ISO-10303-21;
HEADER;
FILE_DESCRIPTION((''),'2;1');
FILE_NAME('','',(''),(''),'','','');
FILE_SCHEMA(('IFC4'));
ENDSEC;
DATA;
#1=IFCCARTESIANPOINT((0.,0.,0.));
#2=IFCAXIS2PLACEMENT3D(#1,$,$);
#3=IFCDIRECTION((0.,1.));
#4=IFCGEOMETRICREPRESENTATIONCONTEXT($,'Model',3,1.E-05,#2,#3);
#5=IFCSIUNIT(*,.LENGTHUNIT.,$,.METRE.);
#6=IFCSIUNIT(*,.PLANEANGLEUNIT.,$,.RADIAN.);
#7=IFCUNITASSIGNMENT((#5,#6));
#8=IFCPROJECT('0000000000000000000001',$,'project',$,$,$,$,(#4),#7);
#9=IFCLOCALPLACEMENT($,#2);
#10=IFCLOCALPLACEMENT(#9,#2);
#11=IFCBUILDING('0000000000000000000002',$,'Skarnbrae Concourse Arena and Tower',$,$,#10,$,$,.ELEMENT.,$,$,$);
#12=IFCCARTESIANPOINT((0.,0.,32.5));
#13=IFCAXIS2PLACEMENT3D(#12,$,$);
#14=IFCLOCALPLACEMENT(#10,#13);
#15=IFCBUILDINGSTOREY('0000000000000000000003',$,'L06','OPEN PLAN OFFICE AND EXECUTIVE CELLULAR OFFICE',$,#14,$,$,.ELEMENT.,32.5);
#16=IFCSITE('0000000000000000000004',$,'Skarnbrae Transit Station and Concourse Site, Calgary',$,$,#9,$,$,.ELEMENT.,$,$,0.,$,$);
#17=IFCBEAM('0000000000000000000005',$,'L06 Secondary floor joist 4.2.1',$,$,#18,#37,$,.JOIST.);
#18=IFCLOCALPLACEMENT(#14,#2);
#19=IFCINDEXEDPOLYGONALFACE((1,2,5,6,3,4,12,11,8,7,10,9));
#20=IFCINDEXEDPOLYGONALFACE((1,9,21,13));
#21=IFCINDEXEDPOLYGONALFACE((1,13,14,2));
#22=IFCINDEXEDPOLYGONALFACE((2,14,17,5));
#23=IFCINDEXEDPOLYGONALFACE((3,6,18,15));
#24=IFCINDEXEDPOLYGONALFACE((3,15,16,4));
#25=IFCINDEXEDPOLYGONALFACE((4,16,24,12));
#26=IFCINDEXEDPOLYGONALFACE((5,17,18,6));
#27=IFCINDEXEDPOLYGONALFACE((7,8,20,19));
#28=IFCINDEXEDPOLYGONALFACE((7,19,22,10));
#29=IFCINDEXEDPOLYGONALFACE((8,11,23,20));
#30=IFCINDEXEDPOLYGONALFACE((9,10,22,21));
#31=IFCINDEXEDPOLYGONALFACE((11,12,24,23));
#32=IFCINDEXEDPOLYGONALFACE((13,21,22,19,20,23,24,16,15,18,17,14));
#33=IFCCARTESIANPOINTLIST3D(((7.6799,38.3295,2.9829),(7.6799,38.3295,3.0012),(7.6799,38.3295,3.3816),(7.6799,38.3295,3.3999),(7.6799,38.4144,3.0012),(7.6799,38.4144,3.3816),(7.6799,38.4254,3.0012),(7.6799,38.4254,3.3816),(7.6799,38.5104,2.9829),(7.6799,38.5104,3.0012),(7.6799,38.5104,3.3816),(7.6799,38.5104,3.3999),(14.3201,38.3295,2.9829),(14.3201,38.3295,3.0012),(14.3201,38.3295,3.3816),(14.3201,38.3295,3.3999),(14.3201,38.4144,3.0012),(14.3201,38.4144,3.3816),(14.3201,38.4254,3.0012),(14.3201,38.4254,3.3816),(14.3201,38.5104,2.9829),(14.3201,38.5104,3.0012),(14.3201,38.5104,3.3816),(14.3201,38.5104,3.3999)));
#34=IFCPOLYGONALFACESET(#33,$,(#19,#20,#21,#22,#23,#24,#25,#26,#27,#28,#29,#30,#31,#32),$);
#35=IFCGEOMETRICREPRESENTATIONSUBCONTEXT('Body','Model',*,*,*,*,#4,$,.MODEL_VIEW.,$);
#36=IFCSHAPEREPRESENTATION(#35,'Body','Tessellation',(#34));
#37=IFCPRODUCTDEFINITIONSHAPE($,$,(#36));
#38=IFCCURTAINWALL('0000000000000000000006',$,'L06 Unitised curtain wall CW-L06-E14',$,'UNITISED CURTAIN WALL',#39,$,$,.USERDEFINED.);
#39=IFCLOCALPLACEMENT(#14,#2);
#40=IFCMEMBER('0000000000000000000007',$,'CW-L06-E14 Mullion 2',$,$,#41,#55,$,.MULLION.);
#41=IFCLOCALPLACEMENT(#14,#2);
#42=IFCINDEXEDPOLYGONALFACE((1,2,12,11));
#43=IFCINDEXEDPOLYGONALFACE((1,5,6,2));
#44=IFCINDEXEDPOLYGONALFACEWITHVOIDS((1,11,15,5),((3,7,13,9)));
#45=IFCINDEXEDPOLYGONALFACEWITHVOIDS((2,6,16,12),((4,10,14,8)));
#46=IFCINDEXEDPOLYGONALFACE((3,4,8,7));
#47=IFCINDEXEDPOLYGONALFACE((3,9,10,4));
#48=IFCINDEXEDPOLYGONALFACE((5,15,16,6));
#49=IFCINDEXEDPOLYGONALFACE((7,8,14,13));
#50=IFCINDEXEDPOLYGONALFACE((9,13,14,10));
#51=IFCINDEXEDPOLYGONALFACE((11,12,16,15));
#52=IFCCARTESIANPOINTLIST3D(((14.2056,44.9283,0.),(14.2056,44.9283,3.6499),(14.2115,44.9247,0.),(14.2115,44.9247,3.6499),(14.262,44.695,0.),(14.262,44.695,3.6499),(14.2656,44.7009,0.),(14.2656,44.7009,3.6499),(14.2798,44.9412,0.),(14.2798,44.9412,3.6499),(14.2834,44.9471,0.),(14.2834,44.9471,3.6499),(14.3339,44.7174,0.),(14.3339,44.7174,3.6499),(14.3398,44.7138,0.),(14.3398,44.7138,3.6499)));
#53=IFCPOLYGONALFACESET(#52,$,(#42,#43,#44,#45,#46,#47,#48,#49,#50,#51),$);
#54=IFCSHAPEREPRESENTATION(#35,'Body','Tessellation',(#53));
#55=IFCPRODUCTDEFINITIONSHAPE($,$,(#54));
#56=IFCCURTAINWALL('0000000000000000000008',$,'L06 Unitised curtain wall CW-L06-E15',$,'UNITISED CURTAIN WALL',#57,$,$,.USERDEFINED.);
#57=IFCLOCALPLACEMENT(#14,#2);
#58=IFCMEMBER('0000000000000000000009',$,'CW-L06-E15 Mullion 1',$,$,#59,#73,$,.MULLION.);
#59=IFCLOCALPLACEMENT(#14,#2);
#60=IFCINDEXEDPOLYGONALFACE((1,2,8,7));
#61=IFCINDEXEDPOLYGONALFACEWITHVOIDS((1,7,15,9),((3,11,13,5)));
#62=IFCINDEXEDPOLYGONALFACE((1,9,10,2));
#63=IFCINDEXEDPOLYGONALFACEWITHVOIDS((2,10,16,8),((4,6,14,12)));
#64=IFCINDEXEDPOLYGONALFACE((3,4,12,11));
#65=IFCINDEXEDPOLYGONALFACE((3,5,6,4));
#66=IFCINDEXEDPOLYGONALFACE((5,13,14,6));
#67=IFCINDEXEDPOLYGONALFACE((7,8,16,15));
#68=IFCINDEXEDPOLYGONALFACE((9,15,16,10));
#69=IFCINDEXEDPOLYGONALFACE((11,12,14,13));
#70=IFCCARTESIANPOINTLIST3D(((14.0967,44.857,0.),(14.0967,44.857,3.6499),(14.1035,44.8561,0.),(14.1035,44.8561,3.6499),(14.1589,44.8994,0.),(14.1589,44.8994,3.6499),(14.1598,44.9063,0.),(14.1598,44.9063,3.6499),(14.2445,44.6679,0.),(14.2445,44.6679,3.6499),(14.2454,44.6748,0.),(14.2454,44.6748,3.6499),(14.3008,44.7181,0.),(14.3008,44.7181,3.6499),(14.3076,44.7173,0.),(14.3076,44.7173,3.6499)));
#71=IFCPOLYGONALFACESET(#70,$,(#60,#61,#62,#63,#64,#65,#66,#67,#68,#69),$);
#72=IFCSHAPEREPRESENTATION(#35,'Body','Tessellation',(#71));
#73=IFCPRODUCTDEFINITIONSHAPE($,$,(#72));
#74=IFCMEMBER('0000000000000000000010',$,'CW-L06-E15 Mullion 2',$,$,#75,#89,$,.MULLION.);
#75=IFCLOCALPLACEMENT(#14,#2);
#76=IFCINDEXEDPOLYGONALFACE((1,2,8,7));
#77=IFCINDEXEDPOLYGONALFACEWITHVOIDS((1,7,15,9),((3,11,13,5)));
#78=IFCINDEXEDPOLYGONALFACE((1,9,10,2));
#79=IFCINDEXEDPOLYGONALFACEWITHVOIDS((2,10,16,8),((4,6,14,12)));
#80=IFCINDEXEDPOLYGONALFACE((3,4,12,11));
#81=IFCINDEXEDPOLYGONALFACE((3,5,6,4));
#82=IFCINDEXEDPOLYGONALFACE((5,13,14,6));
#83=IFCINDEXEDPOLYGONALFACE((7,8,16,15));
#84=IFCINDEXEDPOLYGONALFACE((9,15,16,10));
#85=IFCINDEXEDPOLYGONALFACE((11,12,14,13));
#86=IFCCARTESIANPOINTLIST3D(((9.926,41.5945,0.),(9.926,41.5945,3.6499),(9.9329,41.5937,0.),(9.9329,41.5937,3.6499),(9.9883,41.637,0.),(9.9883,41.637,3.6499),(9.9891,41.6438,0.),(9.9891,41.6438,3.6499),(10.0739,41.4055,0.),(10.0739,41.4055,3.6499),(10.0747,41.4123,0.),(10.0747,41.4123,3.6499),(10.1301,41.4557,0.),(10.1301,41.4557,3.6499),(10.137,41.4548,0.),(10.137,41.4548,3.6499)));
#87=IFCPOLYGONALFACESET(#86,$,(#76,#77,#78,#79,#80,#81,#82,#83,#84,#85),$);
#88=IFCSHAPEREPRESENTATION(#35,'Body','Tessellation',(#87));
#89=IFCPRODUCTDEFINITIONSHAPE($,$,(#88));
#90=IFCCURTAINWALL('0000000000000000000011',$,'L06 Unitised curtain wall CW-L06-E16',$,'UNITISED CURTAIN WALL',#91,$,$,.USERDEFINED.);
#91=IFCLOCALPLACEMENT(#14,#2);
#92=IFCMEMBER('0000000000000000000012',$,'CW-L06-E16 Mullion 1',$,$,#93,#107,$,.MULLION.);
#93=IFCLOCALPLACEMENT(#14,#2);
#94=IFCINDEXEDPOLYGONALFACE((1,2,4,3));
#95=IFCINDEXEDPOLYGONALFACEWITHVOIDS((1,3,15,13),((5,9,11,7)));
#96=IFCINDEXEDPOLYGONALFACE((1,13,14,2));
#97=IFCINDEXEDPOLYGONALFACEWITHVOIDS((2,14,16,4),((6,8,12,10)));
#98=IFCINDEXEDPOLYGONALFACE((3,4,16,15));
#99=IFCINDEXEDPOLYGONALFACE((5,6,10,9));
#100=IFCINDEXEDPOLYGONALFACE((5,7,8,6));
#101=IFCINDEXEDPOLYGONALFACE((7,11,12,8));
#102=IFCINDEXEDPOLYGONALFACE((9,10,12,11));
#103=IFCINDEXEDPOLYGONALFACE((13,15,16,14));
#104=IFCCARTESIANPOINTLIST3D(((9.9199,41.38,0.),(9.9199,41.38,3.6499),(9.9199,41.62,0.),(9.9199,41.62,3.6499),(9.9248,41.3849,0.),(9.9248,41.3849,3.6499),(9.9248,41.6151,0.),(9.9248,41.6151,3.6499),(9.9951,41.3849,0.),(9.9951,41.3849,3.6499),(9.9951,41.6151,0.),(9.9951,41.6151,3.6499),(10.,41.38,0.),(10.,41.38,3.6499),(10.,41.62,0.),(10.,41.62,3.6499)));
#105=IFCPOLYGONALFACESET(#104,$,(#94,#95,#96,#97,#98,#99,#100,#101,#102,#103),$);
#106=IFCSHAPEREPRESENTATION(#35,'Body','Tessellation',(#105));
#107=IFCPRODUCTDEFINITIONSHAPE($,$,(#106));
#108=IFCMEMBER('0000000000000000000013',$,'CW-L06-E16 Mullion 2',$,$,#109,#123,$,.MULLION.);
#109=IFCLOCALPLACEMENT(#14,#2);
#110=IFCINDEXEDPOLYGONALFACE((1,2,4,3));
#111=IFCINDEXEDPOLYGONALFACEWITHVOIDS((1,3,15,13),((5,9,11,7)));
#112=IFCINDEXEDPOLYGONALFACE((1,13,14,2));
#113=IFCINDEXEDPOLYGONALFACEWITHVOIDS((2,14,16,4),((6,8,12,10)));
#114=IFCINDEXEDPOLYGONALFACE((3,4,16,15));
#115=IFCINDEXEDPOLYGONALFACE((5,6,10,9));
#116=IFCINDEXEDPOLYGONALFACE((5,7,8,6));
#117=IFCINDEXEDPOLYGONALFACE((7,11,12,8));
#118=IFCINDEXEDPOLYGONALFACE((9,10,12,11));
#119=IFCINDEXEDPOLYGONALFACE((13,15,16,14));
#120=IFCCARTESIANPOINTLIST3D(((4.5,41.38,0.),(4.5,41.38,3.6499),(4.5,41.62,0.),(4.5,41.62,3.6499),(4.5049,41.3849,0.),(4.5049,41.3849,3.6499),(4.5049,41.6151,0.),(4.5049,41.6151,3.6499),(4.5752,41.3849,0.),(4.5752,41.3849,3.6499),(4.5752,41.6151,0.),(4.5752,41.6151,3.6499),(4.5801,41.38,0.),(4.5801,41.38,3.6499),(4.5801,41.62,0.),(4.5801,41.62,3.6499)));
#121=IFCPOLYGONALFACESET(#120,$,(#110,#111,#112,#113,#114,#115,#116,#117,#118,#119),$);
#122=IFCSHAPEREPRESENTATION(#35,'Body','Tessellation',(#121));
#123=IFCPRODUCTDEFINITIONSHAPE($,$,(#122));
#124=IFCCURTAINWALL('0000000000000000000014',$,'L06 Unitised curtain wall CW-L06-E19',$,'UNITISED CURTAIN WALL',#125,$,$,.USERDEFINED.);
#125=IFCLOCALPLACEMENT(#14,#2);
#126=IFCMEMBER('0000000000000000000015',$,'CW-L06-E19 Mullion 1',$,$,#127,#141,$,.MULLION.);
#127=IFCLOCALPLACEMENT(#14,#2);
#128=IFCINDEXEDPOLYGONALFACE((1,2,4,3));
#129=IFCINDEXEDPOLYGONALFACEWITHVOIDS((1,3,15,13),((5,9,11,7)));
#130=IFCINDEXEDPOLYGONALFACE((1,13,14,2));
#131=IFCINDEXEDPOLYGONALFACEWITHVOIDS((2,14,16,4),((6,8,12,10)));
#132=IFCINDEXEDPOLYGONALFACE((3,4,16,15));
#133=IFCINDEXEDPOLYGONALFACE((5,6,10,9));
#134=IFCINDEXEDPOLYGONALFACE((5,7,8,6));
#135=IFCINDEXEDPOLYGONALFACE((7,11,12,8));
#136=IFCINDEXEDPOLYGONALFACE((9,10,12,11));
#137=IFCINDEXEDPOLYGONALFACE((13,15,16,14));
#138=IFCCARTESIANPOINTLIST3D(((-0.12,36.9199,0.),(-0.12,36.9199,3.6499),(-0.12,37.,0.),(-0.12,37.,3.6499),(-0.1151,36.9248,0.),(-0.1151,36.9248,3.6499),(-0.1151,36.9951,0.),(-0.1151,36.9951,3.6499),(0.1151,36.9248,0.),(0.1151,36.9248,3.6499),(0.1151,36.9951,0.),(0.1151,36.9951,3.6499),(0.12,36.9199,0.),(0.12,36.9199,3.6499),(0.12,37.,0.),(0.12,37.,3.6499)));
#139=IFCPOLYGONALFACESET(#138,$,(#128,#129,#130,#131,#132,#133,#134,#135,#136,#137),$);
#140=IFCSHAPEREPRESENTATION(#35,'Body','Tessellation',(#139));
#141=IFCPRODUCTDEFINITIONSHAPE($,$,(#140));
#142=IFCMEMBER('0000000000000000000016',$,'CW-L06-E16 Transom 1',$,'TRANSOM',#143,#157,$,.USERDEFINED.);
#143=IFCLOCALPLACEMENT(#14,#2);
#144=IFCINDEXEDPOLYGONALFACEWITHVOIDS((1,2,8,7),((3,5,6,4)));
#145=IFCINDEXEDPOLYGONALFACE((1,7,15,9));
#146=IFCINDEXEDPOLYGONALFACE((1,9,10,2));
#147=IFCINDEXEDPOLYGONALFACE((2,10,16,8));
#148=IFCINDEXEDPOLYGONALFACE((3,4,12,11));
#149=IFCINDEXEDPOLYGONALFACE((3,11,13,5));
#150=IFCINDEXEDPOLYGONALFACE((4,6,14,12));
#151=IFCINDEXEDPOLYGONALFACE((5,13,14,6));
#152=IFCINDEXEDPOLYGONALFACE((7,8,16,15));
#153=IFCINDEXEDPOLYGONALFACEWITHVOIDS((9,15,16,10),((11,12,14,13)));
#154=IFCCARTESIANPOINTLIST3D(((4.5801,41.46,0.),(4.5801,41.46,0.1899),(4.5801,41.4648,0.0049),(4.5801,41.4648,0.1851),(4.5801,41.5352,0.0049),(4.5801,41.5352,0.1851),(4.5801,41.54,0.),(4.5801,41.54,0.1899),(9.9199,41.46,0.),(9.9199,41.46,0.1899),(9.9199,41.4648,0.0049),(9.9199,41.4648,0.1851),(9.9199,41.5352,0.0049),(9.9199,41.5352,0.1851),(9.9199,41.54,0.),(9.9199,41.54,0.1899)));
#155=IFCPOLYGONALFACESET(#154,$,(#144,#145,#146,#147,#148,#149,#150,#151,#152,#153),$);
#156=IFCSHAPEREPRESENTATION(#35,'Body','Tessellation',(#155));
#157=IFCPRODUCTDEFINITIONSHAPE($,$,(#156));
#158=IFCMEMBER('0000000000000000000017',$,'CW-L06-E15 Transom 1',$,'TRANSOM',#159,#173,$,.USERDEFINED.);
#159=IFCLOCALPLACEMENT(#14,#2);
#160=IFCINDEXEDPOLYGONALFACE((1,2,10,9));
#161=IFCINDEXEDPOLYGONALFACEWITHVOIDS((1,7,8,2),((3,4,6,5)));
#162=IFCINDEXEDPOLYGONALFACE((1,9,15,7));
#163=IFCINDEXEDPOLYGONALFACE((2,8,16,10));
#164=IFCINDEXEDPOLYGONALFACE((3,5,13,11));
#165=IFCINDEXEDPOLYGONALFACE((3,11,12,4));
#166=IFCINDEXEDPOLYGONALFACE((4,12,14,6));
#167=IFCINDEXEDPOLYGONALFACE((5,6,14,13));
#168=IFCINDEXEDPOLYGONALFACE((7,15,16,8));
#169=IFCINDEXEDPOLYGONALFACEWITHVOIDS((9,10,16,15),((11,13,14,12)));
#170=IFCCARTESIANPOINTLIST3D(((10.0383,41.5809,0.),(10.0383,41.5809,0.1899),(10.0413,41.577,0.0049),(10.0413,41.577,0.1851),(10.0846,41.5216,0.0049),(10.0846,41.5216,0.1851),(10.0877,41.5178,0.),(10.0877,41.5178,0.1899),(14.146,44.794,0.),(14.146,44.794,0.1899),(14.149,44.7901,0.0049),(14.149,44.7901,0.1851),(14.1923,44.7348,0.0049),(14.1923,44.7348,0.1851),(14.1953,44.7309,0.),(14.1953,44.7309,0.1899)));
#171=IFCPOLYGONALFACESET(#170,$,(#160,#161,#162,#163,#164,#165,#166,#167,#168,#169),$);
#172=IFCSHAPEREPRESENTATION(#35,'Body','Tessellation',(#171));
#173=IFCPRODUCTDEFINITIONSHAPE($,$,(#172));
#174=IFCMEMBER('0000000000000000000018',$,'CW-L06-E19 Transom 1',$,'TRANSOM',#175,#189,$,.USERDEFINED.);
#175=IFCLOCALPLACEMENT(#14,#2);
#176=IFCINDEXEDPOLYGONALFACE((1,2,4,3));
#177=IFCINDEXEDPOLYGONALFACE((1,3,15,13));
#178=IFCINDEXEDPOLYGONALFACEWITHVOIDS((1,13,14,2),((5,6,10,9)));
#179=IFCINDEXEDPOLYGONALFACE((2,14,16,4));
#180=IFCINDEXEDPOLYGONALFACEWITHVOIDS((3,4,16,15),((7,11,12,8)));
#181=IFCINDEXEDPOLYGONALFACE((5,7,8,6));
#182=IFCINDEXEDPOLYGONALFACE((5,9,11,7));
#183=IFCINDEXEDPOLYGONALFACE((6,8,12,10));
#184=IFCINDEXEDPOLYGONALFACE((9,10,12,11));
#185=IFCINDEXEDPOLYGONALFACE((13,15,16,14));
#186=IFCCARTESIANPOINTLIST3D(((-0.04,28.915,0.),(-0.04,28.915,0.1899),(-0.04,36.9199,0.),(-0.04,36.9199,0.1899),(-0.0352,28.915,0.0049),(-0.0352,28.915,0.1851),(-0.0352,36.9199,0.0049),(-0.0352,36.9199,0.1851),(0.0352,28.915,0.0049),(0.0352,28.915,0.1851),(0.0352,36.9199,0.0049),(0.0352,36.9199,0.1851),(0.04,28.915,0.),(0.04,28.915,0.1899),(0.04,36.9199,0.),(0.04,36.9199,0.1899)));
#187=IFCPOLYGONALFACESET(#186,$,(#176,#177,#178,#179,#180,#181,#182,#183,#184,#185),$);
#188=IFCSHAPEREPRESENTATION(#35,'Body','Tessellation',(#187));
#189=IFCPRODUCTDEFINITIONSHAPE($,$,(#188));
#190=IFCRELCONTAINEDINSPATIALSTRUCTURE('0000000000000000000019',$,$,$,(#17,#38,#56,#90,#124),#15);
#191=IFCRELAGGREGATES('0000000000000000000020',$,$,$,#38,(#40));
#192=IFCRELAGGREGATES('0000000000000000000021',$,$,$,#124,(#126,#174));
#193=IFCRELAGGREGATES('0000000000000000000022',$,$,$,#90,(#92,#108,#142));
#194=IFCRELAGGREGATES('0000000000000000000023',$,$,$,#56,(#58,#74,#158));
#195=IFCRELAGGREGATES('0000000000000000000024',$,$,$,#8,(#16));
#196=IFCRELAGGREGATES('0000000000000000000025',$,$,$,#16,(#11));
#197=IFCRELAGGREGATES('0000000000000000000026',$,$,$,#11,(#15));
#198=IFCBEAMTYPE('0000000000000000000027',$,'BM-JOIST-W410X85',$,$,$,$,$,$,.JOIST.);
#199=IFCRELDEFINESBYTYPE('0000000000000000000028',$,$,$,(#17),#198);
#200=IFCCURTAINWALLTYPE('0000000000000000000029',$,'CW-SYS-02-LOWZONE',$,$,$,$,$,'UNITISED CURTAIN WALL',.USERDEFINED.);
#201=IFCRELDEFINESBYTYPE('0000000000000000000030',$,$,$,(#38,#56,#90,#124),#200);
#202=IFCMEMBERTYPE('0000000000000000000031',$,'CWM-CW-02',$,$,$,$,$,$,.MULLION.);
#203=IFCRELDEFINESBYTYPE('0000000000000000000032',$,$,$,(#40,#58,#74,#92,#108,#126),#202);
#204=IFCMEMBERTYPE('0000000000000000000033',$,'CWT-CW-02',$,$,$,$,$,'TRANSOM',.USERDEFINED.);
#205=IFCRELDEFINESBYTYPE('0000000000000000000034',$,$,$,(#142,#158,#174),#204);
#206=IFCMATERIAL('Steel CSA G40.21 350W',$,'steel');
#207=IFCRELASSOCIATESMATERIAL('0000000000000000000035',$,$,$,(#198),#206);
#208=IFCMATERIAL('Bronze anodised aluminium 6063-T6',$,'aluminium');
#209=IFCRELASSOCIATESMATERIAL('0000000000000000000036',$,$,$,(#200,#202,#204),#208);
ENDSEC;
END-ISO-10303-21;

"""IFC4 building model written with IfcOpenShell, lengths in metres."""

from ifc_helpers import new_model, si_unit, direction, frame, origin, origin_2d, place, context, subcontext, project, spatial, hollow_rectangle, i_section, extrude, source, transform, mapped, material, material_profile, profile_set, type_object, element, aggregate, save


model = new_model("IFC4")

# Units and contexts
model_context = context("Model", 3, precision=1e-05, world=origin(), true_north=direction((0.0, 1.0)))
body_context = subcontext(model_context, "Body", "Model", "MODEL_VIEW")
ifc_project = project(units=[si_unit("LENGTHUNIT", "METRE"), si_unit("PLANEANGLEUNIT", "RADIAN")], contexts=[model_context])

# Site, building, storey
site_placement = place(None, origin())
site = spatial("IfcSite", under=ifc_project, at=site_placement, Name="Skarnbrae Transit Station and Concourse Site, Calgary", CompositionType="ELEMENT", RefElevation=0.0)
building_placement = place(site_placement, origin())
building = spatial("IfcBuilding", under=site, at=building_placement, Name="Skarnbrae Concourse Arena and Tower", CompositionType="ELEMENT")
storey_placement = place(building_placement, frame((0.0, 0.0, 32.5)))
storey = spatial("IfcBuildingStorey", under=building, at=storey_placement, Name="L06", Description="OPEN PLAN OFFICE AND EXECUTIVE CELLULAR OFFICE", CompositionType="ELEMENT", Elevation=32.5)

# Shared definitions
ifc_material_1 = material(Name="Steel CSA G40.21 350W", Category="steel")

# Beam
ifc_material_profile_1 = material_profile(ifc_material_1, i_section(OverallWidth=0.1809, OverallDepth=0.417, WebThickness=0.011, FlangeThickness=0.0183, at=origin_2d()), Name="W410X85")
ifc_profile_set_1 = profile_set([ifc_material_profile_1], Name="Steel CSA G40.21 350W")
beam_type_1 = type_object("IfcBeamType", Name="BM-JOIST-W410X85", PredefinedType="JOIST", material=ifc_profile_set_1)
shared_shape_1 = source(origin(), body_context, "Body", "SweptSolid", [
    extrude(i_section(OverallWidth=0.1809, OverallDepth=0.417, WebThickness=0.011, FlangeThickness=0.0183, at=origin_2d()), origin(), (0.0, 0.0, 1.0), 6.6401),
])
for number, where, z_axis, x_axis, name in (
    (1, (7.6799, 38.4199, 3.1914), (1.0, 0.0, 0.0), (0.0, 1.0, 0.0), "L06 Secondary floor joist 4.2.1"),
):
    element("IfcBeam", number, at=place(storey_placement, frame(where, z_axis=z_axis, x_axis=x_axis)), inside=storey, type_object=beam_type_1, Name=name, PredefinedType="JOIST", context=body_context, shape_type="MappedRepresentation", body=[
        mapped(shared_shape_1, transform((0.0, 0.0, 0.0))),
    ])

# Curtain wall, member
ifc_material_2 = material(Name="Bronze anodised aluminium 6063-T6", Category="aluminium")
curtain_wall_type = type_object("IfcCurtainWallType", Name="CW-SYS-02-LOWZONE", ElementType="UNITISED CURTAIN WALL", PredefinedType="USERDEFINED", material=ifc_material_2)
curtain_wall_1_placement = place(storey_placement, origin())
curtain_wall_1 = element("IfcCurtainWall", 2, at=curtain_wall_1_placement, inside=storey, type_object=curtain_wall_type, Name="L06 Unitised curtain wall CW-L06-E14", ObjectType="UNITISED CURTAIN WALL", PredefinedType="USERDEFINED")
ifc_material_profile_2 = material_profile(ifc_material_2, hollow_rectangle(XDim=0.0801, YDim=0.24, WallThickness=0.0049, at=origin_2d()), Name="ALU-MULL-80X240")
ifc_profile_set_2 = profile_set([ifc_material_profile_2], Name="Bronze anodised aluminium 6063-T6")
member_type_1 = type_object("IfcMemberType", Name="CWM-CW-02", PredefinedType="MULLION", material=ifc_profile_set_2)
shared_shape_2 = source(origin(), body_context, "Body", "SweptSolid", [
    extrude(hollow_rectangle(XDim=0.0801, YDim=0.24, WallThickness=0.0049, at=origin_2d()), origin(), (0.0, 0.0, 1.0), 3.6499),
])
member_1_placement = place(storey_placement, frame((14.2727, 44.821, 0.0), z_axis=(0.0, 0.0, 1.0), x_axis=(-0.971974, -0.23509, 0.0)))
member_1 = element("IfcMember", 3, at=member_1_placement, type_object=member_type_1, Name="CW-L06-E14 Mullion 2", PredefinedType="MULLION", context=body_context, shape_type="MappedRepresentation", body=[
    mapped(shared_shape_2, transform((0.0, 0.0, 0.0))),
])
aggregate(curtain_wall_1, [member_1])

# Curtain walls, members
curtain_wall_2_placement = place(storey_placement, origin())
curtain_wall_2 = element("IfcCurtainWall", 4, at=curtain_wall_2_placement, inside=storey, type_object=curtain_wall_type, Name="L06 Unitised curtain wall CW-L06-E15", ObjectType="UNITISED CURTAIN WALL", PredefinedType="USERDEFINED")
member_2_placement = place(storey_placement, frame((14.2021, 44.7871, 0.0), z_axis=(0.0, 0.0, 1.0), x_axis=(-0.787652, -0.616121, 0.0)))
member_2 = element("IfcMember", 5, at=member_2_placement, type_object=member_type_1, Name="CW-L06-E15 Mullion 1", PredefinedType="MULLION", context=body_context, shape_type="MappedRepresentation", body=[
    mapped(shared_shape_2, transform((0.0, 0.0, 0.0))),
])
member_3_placement = place(storey_placement, frame((10.0315, 41.5247, 0.0), z_axis=(0.0, 0.0, 1.0), x_axis=(-0.787652, -0.616121, 0.0)))
member_3 = element("IfcMember", 6, at=member_3_placement, type_object=member_type_1, Name="CW-L06-E15 Mullion 2", PredefinedType="MULLION", context=body_context, shape_type="MappedRepresentation", body=[
    mapped(shared_shape_2, transform((0.0, 0.0, 0.0))),
])
curtain_wall_3_placement = place(storey_placement, origin())
curtain_wall_3 = element("IfcCurtainWall", 7, at=curtain_wall_3_placement, inside=storey, type_object=curtain_wall_type, Name="L06 Unitised curtain wall CW-L06-E16", ObjectType="UNITISED CURTAIN WALL", PredefinedType="USERDEFINED")
member_4_placement = place(storey_placement, frame((9.96, 41.5, 0.0), z_axis=(0.0, 0.0, 1.0), x_axis=(-1.0, 0.0, 0.0)))
member_4 = element("IfcMember", 8, at=member_4_placement, type_object=member_type_1, Name="CW-L06-E16 Mullion 1", PredefinedType="MULLION", context=body_context, shape_type="MappedRepresentation", body=[
    mapped(shared_shape_2, transform((0.0, 0.0, 0.0))),
])
member_5_placement = place(storey_placement, frame((4.54, 41.5, 0.0), z_axis=(0.0, 0.0, 1.0), x_axis=(-1.0, 0.0, 0.0)))
member_5 = element("IfcMember", 9, at=member_5_placement, type_object=member_type_1, Name="CW-L06-E16 Mullion 2", PredefinedType="MULLION", context=body_context, shape_type="MappedRepresentation", body=[
    mapped(shared_shape_2, transform((0.0, 0.0, 0.0))),
])

# Curtain wall, member
curtain_wall_4_placement = place(storey_placement, origin())
curtain_wall_4 = element("IfcCurtainWall", 10, at=curtain_wall_4_placement, inside=storey, type_object=curtain_wall_type, Name="L06 Unitised curtain wall CW-L06-E19", ObjectType="UNITISED CURTAIN WALL", PredefinedType="USERDEFINED")
member_6_placement = place(storey_placement, frame((0.0, 36.96, 0.0), z_axis=(0.0, 0.0, 1.0), x_axis=(0.0, -1.0, 0.0)))
member_6 = element("IfcMember", 11, at=member_6_placement, type_object=member_type_1, Name="CW-L06-E19 Mullion 1", PredefinedType="MULLION", context=body_context, shape_type="MappedRepresentation", body=[
    mapped(shared_shape_2, transform((0.0, 0.0, 0.0))),
])

# Members
ifc_material_profile_3 = material_profile(ifc_material_2, hollow_rectangle(XDim=0.0801, YDim=0.1899, WallThickness=0.0049, at=origin_2d()), Name="ALU-TRAN-80X190")
ifc_profile_set_3 = profile_set([ifc_material_profile_3], Name="Bronze anodised aluminium 6063-T6")
member_type_2 = type_object("IfcMemberType", Name="CWT-CW-02", ElementType="TRANSOM", PredefinedType="USERDEFINED", material=ifc_profile_set_3)
shared_shape_3 = source(origin(), body_context, "Body", "SweptSolid", [
    extrude(hollow_rectangle(XDim=0.0801, YDim=0.1899, WallThickness=0.0049, at=origin_2d()), origin(), (0.0, 0.0, 1.0), 5.3398),
])
member_7_placement = place(storey_placement, frame((9.9199, 41.5, 0.095), z_axis=(-1.0, 0.0, 0.0), x_axis=(0.0, -1.0, 0.0)))
member_7 = element("IfcMember", 12, at=member_7_placement, type_object=member_type_2, Name="CW-L06-E16 Transom 1", ObjectType="TRANSOM", PredefinedType="USERDEFINED", context=body_context, shape_type="MappedRepresentation", body=[
    mapped(shared_shape_3, transform((0.0, 0.0, 0.0))),
])
shared_shape_4 = source(origin(), body_context, "Body", "SweptSolid", [
    extrude(hollow_rectangle(XDim=0.0801, YDim=0.1899, WallThickness=0.0049, at=origin_2d()), origin(), (0.0, 0.0, 1.0), 5.2151),
])
member_8_placement = place(storey_placement, frame((14.1707, 44.7625, 0.095), z_axis=(-0.78765, -0.616123, 0.0), x_axis=(0.616123, -0.78765, 0.0)))
member_8 = element("IfcMember", 13, at=member_8_placement, type_object=member_type_2, Name="CW-L06-E15 Transom 1", ObjectType="TRANSOM", PredefinedType="USERDEFINED", context=body_context, shape_type="MappedRepresentation", body=[
    mapped(shared_shape_4, transform((0.0, 0.0, 0.0))),
])
shared_shape_5 = source(origin(), body_context, "Body", "SweptSolid", [
    extrude(hollow_rectangle(XDim=0.0801, YDim=0.1899, WallThickness=0.0049, at=origin_2d()), origin(), (0.0, 0.0, 1.0), 8.0049),
])
member_9_placement = place(storey_placement, frame((0.0, 36.9199, 0.095), z_axis=(0.0, -1.0, 0.0), x_axis=(1.0, 0.0, 0.0)))
member_9 = element("IfcMember", 14, at=member_9_placement, type_object=member_type_2, Name="CW-L06-E19 Transom 1", ObjectType="TRANSOM", PredefinedType="USERDEFINED", context=body_context, shape_type="MappedRepresentation", body=[
    mapped(shared_shape_5, transform((0.0, 0.0, 0.0))),
])
aggregate(curtain_wall_4, [member_6, member_9])

aggregate(curtain_wall_3, [member_4, member_5, member_7])
aggregate(curtain_wall_2, [member_2, member_3, member_8])

save(model, "model.ifc")
